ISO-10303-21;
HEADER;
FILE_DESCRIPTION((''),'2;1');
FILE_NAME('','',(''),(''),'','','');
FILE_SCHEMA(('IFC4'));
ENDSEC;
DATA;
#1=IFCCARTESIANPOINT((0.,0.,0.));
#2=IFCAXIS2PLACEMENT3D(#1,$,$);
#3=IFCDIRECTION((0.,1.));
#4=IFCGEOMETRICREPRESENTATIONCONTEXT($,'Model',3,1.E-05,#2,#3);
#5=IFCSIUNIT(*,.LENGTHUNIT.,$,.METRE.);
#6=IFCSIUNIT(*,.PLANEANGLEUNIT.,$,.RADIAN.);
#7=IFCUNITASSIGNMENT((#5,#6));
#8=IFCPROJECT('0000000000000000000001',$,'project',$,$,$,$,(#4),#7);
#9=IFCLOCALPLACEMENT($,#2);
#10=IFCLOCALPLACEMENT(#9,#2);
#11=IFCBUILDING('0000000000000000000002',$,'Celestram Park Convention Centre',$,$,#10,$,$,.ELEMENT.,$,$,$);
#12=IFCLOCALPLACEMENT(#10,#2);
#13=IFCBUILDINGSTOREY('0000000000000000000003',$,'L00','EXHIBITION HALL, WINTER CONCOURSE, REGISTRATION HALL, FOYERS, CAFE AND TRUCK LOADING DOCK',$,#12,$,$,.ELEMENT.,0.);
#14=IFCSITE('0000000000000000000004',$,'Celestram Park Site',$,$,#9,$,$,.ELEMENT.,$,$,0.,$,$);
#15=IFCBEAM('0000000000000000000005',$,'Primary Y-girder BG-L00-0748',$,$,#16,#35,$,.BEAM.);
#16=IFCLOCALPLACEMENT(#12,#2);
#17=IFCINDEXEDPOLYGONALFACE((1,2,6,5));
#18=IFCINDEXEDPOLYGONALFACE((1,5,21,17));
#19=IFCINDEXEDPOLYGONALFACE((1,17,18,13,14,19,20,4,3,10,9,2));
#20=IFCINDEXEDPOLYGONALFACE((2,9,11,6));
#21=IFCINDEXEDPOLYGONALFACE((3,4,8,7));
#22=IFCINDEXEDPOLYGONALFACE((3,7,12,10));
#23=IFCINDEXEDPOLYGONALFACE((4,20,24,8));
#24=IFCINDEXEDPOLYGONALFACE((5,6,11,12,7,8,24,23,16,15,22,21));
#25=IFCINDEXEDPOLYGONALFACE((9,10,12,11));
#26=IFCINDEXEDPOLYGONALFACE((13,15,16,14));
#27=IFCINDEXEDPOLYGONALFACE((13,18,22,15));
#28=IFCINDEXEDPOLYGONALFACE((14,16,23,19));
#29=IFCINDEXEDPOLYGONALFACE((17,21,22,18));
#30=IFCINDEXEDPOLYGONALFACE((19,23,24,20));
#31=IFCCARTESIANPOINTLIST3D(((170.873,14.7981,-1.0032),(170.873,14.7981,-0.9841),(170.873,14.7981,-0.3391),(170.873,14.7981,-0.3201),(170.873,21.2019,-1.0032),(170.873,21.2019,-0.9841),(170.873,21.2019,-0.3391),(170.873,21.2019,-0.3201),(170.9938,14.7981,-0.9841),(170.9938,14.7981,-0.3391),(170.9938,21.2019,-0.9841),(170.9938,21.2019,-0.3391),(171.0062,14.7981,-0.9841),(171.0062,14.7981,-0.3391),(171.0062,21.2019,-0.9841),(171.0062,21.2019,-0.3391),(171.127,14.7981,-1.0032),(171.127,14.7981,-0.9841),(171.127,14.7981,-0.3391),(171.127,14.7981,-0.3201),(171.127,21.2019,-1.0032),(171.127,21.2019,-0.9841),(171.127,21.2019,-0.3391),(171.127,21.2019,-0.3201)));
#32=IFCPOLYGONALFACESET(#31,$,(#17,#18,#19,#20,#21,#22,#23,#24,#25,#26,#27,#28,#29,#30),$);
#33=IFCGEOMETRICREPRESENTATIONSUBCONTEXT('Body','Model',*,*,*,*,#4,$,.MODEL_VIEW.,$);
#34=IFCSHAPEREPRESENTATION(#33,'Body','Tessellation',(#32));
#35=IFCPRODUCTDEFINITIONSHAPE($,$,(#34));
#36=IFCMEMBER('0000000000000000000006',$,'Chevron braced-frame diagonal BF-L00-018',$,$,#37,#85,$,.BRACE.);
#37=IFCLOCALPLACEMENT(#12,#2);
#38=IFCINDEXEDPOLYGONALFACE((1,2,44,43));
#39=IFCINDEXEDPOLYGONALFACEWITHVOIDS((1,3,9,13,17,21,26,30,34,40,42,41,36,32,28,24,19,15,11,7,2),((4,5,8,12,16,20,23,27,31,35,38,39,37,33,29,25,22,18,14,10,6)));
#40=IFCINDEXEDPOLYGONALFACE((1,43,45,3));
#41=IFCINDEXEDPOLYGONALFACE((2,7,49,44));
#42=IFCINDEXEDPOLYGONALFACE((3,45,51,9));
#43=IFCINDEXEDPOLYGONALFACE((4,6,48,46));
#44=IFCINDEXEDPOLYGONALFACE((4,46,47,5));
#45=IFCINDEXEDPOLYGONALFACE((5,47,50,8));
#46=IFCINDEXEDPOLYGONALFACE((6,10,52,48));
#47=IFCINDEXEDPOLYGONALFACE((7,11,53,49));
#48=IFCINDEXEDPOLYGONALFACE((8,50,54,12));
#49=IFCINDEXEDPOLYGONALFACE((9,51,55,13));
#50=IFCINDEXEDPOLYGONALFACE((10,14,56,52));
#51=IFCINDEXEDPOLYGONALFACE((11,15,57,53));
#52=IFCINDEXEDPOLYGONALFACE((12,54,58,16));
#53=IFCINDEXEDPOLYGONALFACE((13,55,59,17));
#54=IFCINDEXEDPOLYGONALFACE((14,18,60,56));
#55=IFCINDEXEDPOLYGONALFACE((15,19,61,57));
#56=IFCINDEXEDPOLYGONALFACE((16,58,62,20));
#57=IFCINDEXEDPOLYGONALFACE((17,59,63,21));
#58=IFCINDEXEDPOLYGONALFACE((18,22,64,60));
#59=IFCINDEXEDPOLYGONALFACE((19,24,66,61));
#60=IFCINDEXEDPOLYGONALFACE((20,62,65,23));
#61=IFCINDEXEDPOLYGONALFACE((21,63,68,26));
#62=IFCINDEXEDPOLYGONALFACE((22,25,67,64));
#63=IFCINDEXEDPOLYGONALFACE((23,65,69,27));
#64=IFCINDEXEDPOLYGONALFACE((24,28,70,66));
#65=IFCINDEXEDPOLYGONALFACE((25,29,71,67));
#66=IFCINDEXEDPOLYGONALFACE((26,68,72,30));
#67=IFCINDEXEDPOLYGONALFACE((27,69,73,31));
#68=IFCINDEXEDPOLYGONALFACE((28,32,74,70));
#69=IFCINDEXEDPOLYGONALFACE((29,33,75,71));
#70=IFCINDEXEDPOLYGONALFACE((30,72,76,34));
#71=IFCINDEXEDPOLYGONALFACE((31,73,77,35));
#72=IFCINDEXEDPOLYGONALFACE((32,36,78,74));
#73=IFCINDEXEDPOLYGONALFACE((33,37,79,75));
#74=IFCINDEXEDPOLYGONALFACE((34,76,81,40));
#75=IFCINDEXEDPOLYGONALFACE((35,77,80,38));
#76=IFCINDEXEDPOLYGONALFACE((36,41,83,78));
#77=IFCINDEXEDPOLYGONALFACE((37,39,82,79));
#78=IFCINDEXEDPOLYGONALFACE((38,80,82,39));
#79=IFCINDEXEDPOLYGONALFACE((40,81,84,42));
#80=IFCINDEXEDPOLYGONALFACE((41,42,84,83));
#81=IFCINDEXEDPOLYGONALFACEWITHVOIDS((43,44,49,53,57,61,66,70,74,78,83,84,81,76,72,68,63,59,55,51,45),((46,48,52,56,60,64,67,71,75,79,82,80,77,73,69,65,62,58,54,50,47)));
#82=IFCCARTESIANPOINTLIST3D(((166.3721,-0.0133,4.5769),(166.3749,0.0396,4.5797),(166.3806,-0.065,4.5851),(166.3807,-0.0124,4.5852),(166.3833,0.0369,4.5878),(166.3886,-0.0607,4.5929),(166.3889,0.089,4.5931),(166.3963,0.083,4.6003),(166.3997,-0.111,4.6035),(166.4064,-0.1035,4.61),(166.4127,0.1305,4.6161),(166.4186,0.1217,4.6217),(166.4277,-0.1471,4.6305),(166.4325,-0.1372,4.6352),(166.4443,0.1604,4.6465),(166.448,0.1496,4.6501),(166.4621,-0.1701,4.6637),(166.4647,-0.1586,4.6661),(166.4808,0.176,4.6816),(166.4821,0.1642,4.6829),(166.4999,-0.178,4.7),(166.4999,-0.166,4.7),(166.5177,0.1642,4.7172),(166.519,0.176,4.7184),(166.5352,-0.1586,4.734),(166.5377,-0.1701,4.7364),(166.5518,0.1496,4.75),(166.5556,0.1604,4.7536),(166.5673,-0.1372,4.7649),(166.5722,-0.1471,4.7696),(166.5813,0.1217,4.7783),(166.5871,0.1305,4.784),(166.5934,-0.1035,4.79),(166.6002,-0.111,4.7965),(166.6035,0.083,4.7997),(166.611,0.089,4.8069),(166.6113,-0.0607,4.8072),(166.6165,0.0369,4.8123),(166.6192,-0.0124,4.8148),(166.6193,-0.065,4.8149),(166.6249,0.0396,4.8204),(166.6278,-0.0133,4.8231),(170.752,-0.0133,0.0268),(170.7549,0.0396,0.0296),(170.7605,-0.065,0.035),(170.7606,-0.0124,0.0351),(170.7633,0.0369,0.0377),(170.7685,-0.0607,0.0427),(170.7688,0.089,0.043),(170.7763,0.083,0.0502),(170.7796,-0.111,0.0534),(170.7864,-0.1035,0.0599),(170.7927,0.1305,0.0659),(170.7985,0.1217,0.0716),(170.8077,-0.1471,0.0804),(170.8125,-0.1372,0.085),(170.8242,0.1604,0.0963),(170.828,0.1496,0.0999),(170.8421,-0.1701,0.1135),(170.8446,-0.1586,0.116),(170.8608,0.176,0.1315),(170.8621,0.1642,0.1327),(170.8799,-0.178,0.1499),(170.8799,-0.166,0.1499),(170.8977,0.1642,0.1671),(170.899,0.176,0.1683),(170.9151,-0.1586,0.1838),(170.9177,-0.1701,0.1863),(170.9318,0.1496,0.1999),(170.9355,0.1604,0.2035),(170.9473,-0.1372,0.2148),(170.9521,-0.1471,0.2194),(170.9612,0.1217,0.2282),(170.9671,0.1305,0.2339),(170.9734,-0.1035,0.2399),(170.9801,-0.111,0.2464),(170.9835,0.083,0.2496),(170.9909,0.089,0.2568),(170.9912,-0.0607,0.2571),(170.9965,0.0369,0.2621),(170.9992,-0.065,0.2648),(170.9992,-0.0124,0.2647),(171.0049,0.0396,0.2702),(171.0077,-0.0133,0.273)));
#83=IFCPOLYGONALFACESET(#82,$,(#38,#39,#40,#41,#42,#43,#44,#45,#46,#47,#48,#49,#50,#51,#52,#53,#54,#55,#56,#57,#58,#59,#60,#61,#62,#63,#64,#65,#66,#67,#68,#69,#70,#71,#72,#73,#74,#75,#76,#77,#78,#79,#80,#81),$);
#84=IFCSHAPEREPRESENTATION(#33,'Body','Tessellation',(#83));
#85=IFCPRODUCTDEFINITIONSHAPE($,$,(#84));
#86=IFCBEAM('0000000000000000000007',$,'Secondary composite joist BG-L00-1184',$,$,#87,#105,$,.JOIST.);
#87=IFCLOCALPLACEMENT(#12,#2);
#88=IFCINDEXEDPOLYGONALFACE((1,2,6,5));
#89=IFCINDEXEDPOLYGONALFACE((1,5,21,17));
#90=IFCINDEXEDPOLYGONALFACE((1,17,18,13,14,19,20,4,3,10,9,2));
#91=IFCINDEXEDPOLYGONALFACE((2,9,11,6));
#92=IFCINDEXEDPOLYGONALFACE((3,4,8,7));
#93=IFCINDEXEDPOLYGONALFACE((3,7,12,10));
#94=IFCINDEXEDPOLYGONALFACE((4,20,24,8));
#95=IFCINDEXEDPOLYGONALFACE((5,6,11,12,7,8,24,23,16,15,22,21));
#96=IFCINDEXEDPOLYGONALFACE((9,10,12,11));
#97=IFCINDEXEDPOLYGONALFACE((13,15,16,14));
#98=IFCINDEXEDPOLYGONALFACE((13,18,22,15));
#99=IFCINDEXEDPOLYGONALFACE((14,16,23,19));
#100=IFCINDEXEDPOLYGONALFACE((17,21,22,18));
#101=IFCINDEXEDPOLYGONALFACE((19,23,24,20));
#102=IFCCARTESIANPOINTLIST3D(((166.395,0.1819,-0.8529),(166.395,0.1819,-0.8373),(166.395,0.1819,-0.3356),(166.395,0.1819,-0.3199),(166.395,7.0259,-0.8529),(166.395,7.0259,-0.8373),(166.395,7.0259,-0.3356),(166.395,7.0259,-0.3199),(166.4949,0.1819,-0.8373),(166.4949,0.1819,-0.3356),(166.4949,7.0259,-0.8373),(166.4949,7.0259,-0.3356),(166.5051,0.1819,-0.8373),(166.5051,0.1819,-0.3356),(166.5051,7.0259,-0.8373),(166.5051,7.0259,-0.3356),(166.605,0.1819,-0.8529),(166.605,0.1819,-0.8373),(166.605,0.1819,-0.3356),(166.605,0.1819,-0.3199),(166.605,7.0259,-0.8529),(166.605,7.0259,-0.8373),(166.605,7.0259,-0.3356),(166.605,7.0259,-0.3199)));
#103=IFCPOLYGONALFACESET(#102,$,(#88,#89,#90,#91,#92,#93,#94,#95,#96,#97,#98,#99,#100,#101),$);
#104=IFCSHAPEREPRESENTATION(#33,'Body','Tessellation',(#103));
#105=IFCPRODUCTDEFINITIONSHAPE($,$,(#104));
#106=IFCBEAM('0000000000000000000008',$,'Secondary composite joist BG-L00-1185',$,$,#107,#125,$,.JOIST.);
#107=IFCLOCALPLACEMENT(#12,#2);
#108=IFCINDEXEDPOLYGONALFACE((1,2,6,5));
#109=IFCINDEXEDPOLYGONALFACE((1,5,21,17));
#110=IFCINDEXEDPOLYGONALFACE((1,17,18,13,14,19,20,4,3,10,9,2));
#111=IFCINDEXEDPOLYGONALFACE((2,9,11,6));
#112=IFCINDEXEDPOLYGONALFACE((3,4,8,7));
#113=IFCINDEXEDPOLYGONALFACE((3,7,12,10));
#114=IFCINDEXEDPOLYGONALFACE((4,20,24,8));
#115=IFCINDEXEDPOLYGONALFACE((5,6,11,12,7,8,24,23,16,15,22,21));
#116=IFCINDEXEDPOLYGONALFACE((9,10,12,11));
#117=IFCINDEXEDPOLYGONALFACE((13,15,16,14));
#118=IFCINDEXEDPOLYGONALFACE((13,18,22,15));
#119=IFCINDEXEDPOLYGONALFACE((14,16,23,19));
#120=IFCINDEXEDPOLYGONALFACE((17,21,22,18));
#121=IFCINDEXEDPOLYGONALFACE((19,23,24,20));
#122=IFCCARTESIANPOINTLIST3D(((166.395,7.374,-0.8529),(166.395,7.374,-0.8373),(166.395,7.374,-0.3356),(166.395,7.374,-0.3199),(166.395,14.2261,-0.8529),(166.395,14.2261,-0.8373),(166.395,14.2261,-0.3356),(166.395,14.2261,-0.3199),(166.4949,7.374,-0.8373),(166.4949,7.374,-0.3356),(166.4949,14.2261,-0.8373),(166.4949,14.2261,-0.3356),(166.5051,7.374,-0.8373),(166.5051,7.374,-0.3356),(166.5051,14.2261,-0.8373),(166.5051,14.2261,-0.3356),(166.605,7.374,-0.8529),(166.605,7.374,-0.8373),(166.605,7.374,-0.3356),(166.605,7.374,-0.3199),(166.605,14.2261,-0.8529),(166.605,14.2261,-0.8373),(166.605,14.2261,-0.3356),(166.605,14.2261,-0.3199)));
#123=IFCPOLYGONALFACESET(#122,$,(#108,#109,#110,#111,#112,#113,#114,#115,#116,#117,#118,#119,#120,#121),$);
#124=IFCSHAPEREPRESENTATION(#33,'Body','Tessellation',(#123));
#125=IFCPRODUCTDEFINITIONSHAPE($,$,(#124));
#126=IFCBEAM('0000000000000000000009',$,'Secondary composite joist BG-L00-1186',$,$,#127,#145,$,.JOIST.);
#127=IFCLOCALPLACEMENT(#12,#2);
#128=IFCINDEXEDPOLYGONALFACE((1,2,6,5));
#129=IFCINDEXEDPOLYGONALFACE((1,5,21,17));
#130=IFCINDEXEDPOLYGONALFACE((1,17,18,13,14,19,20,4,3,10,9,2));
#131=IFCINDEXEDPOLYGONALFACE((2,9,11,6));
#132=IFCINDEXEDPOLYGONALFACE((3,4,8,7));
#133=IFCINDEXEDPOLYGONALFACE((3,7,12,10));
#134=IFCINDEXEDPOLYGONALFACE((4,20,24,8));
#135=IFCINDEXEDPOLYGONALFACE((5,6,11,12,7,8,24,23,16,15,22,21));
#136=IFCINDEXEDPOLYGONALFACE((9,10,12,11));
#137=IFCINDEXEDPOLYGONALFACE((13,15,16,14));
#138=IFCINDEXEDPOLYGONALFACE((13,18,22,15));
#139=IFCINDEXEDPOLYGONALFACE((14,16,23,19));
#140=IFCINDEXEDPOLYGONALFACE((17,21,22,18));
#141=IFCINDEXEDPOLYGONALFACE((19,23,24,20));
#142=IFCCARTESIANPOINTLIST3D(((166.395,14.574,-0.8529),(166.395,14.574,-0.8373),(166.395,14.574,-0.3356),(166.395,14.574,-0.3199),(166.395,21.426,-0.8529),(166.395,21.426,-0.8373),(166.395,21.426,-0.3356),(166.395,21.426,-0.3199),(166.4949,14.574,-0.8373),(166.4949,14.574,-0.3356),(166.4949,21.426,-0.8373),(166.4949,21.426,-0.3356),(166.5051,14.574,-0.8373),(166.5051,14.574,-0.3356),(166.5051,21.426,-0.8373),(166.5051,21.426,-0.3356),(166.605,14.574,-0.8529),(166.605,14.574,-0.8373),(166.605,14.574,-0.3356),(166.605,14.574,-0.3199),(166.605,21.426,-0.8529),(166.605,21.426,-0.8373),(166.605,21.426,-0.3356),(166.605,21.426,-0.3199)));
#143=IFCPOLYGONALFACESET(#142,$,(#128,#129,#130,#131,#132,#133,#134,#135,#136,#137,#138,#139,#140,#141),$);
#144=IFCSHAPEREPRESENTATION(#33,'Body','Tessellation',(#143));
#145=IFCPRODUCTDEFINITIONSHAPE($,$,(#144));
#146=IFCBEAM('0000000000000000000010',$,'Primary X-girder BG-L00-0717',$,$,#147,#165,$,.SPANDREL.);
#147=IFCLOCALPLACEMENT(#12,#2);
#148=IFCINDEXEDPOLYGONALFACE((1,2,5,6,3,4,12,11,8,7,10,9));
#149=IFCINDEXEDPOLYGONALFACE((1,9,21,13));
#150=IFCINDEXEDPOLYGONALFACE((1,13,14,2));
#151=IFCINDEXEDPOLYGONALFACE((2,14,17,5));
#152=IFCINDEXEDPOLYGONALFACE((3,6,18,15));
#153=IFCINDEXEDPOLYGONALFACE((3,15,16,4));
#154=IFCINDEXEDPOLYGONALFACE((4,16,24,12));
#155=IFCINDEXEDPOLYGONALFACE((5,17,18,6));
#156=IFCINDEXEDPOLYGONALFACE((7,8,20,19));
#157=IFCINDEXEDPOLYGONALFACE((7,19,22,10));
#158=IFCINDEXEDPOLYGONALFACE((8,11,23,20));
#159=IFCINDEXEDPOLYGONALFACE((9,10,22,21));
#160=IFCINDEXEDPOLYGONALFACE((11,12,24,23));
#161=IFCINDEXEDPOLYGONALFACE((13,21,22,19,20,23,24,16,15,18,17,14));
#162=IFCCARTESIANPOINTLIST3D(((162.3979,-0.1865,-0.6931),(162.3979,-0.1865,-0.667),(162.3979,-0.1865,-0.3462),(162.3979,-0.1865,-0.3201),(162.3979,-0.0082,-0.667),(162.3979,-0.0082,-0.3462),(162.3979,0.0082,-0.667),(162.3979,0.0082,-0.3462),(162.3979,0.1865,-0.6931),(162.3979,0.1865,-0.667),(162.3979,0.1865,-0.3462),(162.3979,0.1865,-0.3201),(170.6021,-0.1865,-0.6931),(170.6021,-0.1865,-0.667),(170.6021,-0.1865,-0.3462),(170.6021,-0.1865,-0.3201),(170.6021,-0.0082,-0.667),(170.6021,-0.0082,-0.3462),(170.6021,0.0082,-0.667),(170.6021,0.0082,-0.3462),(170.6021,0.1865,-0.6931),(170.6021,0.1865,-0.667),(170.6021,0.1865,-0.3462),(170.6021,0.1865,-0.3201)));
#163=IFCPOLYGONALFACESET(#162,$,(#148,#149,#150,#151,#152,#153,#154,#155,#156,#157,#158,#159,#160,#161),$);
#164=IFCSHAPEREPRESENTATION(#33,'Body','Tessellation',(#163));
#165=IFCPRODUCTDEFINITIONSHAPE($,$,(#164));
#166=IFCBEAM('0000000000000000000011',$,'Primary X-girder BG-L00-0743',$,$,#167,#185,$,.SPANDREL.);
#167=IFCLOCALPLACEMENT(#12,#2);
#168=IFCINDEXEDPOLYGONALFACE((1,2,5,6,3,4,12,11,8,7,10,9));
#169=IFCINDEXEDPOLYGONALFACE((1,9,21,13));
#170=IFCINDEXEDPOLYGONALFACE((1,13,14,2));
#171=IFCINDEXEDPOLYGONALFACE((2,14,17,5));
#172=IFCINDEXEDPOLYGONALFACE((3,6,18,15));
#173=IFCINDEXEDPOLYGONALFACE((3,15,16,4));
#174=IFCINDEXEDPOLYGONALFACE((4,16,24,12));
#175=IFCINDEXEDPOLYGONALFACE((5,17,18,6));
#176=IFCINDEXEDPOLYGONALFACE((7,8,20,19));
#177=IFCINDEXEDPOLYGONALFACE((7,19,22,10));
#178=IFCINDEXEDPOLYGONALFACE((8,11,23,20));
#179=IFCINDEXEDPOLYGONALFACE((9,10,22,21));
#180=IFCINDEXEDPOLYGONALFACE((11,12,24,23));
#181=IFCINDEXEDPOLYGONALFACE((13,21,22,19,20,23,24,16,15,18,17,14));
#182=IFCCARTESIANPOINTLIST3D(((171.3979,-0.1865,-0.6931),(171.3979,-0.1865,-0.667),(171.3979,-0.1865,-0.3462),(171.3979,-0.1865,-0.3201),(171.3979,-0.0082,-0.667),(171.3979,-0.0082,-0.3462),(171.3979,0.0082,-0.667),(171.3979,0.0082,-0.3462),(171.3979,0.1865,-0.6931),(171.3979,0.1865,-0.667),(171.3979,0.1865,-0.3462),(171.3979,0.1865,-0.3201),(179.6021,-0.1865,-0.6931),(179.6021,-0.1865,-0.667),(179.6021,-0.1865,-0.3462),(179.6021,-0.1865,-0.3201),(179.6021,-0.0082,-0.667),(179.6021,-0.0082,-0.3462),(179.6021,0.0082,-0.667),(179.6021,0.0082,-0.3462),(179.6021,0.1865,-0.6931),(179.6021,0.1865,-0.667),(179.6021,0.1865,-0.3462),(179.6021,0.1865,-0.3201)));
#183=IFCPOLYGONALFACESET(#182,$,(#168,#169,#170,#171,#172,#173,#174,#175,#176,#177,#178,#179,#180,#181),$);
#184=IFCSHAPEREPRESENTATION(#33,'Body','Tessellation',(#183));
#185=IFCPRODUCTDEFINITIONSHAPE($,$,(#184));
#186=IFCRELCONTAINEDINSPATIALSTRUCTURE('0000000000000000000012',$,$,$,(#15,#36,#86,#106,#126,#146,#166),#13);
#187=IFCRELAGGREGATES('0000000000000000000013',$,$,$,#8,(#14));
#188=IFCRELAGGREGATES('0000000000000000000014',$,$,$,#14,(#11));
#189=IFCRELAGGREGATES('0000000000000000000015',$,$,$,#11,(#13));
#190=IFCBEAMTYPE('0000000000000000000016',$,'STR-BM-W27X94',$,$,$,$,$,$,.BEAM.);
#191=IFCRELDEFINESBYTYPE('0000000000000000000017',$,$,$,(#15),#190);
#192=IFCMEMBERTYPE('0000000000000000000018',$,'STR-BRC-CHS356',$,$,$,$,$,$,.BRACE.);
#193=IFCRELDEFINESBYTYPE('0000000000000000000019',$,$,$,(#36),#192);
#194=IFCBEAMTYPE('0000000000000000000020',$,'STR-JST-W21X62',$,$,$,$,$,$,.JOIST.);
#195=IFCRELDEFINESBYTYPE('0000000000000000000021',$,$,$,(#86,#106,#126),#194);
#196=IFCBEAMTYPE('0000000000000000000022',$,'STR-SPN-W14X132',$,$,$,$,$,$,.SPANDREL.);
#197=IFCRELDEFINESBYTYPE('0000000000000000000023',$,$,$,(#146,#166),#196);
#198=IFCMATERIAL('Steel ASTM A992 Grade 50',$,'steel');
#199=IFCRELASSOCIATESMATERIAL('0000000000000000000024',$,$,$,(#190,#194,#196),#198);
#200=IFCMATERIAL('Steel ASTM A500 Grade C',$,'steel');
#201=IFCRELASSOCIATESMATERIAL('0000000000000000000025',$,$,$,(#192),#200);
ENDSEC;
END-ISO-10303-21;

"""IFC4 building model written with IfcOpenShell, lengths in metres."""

from ifc_helpers import new_model, si_unit, direction, frame, origin, origin_2d, place, context, subcontext, project, spatial, hollow_circle, i_section, extrude, material, material_profile, profile_set, type_object, element, save


model = new_model("IFC4")

# Units and contexts
model_context = context("Model", 3, precision=1e-05, world=origin(), true_north=direction((0.0, 1.0)))
body_context = subcontext(model_context, "Body", "Model", "MODEL_VIEW")
ifc_project = project(units=[si_unit("LENGTHUNIT", "METRE"), si_unit("PLANEANGLEUNIT", "RADIAN")], contexts=[model_context])

# Site, building, storey
site_placement = place(None, origin())
site = spatial("IfcSite", under=ifc_project, at=site_placement, Name="Celestram Park Site", CompositionType="ELEMENT", RefElevation=0.0)
building_placement = place(site_placement, origin())
building = spatial("IfcBuilding", under=site, at=building_placement, Name="Celestram Park Convention Centre", CompositionType="ELEMENT")
storey_placement = place(building_placement, origin())
storey = spatial("IfcBuildingStorey", under=building, at=storey_placement, Name="L00", Description="EXHIBITION HALL, WINTER CONCOURSE, REGISTRATION HALL, FOYERS, CAFE AND TRUCK LOADING DOCK", CompositionType="ELEMENT", Elevation=0.0)

# Beam
ifc_material_1 = material(Name="Steel ASTM A992 Grade 50", Category="steel")
ifc_material_profile_1 = material_profile(ifc_material_1, i_section(OverallWidth=0.2539, OverallDepth=0.6831, WebThickness=0.0125, FlangeThickness=0.019, at=origin_2d()), Name="W27X94")
ifc_profile_set_1 = profile_set([ifc_material_profile_1], Name="Steel ASTM A992 Grade 50")
beam_type_1 = type_object("IfcBeamType", Name="STR-BM-W27X94", PredefinedType="BEAM", material=ifc_profile_set_1)
beam_1_placement = place(storey_placement, frame((171.0, 14.7981, -0.6616), z_axis=(0.0, 1.0, 0.0), x_axis=(-1.0, 0.0, 0.0)))
element("IfcBeam", 1, at=beam_1_placement, inside=storey, type_object=beam_type_1, Name="Primary Y-girder BG-L00-0748", PredefinedType="BEAM", context=body_context, shape_type="SweptSolid", body=[
    extrude(i_section(OverallWidth=0.2539, OverallDepth=0.6831, WebThickness=0.0125, FlangeThickness=0.019, at=origin_2d()), origin(), (0.0, 0.0, 1.0), 6.4038),
])

# Member
ifc_material_2 = material(Name="Steel ASTM A500 Grade C", Category="steel")
ifc_material_profile_2 = material_profile(ifc_material_2, hollow_circle(Radius=0.178, WallThickness=0.012, at=origin_2d()), Name="CHS356X12")
ifc_profile_set_2 = profile_set([ifc_material_profile_2], Name="Steel ASTM A500 Grade C")
member_type_1 = type_object("IfcMemberType", Name="STR-BRC-CHS356", PredefinedType="BRACE", material=ifc_profile_set_2)
member_1_placement = place(storey_placement, frame((170.8799, 0.0, 0.1499), z_axis=(-0.693506, 0.0, 0.72045), x_axis=(0.0, -1.0, 0.0)))
element("IfcMember", 2, at=member_1_placement, inside=storey, type_object=member_type_1, Name="Chevron braced-frame diagonal BF-L00-018", PredefinedType="BRACE", context=body_context, shape_type="SweptSolid", body=[
    extrude(hollow_circle(Radius=0.178, WallThickness=0.012, at=origin_2d()), origin(), (0.0, 0.0, 1.0), 6.3157),
])

# Beams
ifc_material_profile_3 = material_profile(ifc_material_1, i_section(OverallWidth=0.21, OverallDepth=0.533, WebThickness=0.0103, FlangeThickness=0.0156, at=origin_2d()), Name="W21X62")
ifc_profile_set_3 = profile_set([ifc_material_profile_3], Name="Steel ASTM A992 Grade 50")
beam_type_2 = type_object("IfcBeamType", Name="STR-JST-W21X62", PredefinedType="JOIST", material=ifc_profile_set_3)
beam_2_placement = place(storey_placement, frame((166.5, 0.1819, -0.5864), z_axis=(0.0, 1.0, 0.0), x_axis=(-1.0, 0.0, 0.0)))
element("IfcBeam", 3, at=beam_2_placement, inside=storey, type_object=beam_type_2, Name="Secondary composite joist BG-L00-1184", PredefinedType="JOIST", context=body_context, shape_type="SweptSolid", body=[
    extrude(i_section(OverallWidth=0.21, OverallDepth=0.533, WebThickness=0.0103, FlangeThickness=0.0156, at=origin_2d()), origin(), (0.0, 0.0, 1.0), 6.844),
])
for number, where, z_axis, x_axis, name in (
    (4, (166.5, 7.374, -0.5864), (0.0, 1.0, 0.0), (-1.0, 0.0, 0.0), "Secondary composite joist BG-L00-1185"),
    (5, (166.5, 14.574, -0.5864), (0.0, 1.0, 0.0), (-1.0, 0.0, 0.0), "Secondary composite joist BG-L00-1186"),
):
    element("IfcBeam", number, at=place(storey_placement, frame(where, z_axis=z_axis, x_axis=x_axis)), inside=storey, type_object=beam_type_2, Name=name, PredefinedType="JOIST", context=body_context, shape_type="SweptSolid", body=[
        extrude(i_section(OverallWidth=0.21, OverallDepth=0.533, WebThickness=0.0103, FlangeThickness=0.0156, at=origin_2d()), origin(), (0.0, 0.0, 1.0), 6.8521),
    ])
ifc_material_profile_4 = material_profile(ifc_material_1, i_section(OverallWidth=0.373, OverallDepth=0.373, WebThickness=0.0164, FlangeThickness=0.0261, at=origin_2d()), Name="W14X132")
ifc_profile_set_4 = profile_set([ifc_material_profile_4], Name="Steel ASTM A992 Grade 50")
beam_type_3 = type_object("IfcBeamType", Name="STR-SPN-W14X132", PredefinedType="SPANDREL", material=ifc_profile_set_4)
for number, where, z_axis, x_axis, name in (
    (6, (162.3979, 0.0, -0.5066), (1.0, 0.0, 0.0), (0.0, 1.0, 0.0), "Primary X-girder BG-L00-0717"),
    (7, (171.3979, 0.0, -0.5066), (1.0, 0.0, 0.0), (0.0, 1.0, 0.0), "Primary X-girder BG-L00-0743"),
):
    element("IfcBeam", number, at=place(storey_placement, frame(where, z_axis=z_axis, x_axis=x_axis)), inside=storey, type_object=beam_type_3, Name=name, PredefinedType="SPANDREL", context=body_context, shape_type="SweptSolid", body=[
        extrude(i_section(OverallWidth=0.373, OverallDepth=0.373, WebThickness=0.0164, FlangeThickness=0.0261, at=origin_2d()), origin(), (0.0, 0.0, 1.0), 8.2041),
    ])

save(model, "model.ifc")
